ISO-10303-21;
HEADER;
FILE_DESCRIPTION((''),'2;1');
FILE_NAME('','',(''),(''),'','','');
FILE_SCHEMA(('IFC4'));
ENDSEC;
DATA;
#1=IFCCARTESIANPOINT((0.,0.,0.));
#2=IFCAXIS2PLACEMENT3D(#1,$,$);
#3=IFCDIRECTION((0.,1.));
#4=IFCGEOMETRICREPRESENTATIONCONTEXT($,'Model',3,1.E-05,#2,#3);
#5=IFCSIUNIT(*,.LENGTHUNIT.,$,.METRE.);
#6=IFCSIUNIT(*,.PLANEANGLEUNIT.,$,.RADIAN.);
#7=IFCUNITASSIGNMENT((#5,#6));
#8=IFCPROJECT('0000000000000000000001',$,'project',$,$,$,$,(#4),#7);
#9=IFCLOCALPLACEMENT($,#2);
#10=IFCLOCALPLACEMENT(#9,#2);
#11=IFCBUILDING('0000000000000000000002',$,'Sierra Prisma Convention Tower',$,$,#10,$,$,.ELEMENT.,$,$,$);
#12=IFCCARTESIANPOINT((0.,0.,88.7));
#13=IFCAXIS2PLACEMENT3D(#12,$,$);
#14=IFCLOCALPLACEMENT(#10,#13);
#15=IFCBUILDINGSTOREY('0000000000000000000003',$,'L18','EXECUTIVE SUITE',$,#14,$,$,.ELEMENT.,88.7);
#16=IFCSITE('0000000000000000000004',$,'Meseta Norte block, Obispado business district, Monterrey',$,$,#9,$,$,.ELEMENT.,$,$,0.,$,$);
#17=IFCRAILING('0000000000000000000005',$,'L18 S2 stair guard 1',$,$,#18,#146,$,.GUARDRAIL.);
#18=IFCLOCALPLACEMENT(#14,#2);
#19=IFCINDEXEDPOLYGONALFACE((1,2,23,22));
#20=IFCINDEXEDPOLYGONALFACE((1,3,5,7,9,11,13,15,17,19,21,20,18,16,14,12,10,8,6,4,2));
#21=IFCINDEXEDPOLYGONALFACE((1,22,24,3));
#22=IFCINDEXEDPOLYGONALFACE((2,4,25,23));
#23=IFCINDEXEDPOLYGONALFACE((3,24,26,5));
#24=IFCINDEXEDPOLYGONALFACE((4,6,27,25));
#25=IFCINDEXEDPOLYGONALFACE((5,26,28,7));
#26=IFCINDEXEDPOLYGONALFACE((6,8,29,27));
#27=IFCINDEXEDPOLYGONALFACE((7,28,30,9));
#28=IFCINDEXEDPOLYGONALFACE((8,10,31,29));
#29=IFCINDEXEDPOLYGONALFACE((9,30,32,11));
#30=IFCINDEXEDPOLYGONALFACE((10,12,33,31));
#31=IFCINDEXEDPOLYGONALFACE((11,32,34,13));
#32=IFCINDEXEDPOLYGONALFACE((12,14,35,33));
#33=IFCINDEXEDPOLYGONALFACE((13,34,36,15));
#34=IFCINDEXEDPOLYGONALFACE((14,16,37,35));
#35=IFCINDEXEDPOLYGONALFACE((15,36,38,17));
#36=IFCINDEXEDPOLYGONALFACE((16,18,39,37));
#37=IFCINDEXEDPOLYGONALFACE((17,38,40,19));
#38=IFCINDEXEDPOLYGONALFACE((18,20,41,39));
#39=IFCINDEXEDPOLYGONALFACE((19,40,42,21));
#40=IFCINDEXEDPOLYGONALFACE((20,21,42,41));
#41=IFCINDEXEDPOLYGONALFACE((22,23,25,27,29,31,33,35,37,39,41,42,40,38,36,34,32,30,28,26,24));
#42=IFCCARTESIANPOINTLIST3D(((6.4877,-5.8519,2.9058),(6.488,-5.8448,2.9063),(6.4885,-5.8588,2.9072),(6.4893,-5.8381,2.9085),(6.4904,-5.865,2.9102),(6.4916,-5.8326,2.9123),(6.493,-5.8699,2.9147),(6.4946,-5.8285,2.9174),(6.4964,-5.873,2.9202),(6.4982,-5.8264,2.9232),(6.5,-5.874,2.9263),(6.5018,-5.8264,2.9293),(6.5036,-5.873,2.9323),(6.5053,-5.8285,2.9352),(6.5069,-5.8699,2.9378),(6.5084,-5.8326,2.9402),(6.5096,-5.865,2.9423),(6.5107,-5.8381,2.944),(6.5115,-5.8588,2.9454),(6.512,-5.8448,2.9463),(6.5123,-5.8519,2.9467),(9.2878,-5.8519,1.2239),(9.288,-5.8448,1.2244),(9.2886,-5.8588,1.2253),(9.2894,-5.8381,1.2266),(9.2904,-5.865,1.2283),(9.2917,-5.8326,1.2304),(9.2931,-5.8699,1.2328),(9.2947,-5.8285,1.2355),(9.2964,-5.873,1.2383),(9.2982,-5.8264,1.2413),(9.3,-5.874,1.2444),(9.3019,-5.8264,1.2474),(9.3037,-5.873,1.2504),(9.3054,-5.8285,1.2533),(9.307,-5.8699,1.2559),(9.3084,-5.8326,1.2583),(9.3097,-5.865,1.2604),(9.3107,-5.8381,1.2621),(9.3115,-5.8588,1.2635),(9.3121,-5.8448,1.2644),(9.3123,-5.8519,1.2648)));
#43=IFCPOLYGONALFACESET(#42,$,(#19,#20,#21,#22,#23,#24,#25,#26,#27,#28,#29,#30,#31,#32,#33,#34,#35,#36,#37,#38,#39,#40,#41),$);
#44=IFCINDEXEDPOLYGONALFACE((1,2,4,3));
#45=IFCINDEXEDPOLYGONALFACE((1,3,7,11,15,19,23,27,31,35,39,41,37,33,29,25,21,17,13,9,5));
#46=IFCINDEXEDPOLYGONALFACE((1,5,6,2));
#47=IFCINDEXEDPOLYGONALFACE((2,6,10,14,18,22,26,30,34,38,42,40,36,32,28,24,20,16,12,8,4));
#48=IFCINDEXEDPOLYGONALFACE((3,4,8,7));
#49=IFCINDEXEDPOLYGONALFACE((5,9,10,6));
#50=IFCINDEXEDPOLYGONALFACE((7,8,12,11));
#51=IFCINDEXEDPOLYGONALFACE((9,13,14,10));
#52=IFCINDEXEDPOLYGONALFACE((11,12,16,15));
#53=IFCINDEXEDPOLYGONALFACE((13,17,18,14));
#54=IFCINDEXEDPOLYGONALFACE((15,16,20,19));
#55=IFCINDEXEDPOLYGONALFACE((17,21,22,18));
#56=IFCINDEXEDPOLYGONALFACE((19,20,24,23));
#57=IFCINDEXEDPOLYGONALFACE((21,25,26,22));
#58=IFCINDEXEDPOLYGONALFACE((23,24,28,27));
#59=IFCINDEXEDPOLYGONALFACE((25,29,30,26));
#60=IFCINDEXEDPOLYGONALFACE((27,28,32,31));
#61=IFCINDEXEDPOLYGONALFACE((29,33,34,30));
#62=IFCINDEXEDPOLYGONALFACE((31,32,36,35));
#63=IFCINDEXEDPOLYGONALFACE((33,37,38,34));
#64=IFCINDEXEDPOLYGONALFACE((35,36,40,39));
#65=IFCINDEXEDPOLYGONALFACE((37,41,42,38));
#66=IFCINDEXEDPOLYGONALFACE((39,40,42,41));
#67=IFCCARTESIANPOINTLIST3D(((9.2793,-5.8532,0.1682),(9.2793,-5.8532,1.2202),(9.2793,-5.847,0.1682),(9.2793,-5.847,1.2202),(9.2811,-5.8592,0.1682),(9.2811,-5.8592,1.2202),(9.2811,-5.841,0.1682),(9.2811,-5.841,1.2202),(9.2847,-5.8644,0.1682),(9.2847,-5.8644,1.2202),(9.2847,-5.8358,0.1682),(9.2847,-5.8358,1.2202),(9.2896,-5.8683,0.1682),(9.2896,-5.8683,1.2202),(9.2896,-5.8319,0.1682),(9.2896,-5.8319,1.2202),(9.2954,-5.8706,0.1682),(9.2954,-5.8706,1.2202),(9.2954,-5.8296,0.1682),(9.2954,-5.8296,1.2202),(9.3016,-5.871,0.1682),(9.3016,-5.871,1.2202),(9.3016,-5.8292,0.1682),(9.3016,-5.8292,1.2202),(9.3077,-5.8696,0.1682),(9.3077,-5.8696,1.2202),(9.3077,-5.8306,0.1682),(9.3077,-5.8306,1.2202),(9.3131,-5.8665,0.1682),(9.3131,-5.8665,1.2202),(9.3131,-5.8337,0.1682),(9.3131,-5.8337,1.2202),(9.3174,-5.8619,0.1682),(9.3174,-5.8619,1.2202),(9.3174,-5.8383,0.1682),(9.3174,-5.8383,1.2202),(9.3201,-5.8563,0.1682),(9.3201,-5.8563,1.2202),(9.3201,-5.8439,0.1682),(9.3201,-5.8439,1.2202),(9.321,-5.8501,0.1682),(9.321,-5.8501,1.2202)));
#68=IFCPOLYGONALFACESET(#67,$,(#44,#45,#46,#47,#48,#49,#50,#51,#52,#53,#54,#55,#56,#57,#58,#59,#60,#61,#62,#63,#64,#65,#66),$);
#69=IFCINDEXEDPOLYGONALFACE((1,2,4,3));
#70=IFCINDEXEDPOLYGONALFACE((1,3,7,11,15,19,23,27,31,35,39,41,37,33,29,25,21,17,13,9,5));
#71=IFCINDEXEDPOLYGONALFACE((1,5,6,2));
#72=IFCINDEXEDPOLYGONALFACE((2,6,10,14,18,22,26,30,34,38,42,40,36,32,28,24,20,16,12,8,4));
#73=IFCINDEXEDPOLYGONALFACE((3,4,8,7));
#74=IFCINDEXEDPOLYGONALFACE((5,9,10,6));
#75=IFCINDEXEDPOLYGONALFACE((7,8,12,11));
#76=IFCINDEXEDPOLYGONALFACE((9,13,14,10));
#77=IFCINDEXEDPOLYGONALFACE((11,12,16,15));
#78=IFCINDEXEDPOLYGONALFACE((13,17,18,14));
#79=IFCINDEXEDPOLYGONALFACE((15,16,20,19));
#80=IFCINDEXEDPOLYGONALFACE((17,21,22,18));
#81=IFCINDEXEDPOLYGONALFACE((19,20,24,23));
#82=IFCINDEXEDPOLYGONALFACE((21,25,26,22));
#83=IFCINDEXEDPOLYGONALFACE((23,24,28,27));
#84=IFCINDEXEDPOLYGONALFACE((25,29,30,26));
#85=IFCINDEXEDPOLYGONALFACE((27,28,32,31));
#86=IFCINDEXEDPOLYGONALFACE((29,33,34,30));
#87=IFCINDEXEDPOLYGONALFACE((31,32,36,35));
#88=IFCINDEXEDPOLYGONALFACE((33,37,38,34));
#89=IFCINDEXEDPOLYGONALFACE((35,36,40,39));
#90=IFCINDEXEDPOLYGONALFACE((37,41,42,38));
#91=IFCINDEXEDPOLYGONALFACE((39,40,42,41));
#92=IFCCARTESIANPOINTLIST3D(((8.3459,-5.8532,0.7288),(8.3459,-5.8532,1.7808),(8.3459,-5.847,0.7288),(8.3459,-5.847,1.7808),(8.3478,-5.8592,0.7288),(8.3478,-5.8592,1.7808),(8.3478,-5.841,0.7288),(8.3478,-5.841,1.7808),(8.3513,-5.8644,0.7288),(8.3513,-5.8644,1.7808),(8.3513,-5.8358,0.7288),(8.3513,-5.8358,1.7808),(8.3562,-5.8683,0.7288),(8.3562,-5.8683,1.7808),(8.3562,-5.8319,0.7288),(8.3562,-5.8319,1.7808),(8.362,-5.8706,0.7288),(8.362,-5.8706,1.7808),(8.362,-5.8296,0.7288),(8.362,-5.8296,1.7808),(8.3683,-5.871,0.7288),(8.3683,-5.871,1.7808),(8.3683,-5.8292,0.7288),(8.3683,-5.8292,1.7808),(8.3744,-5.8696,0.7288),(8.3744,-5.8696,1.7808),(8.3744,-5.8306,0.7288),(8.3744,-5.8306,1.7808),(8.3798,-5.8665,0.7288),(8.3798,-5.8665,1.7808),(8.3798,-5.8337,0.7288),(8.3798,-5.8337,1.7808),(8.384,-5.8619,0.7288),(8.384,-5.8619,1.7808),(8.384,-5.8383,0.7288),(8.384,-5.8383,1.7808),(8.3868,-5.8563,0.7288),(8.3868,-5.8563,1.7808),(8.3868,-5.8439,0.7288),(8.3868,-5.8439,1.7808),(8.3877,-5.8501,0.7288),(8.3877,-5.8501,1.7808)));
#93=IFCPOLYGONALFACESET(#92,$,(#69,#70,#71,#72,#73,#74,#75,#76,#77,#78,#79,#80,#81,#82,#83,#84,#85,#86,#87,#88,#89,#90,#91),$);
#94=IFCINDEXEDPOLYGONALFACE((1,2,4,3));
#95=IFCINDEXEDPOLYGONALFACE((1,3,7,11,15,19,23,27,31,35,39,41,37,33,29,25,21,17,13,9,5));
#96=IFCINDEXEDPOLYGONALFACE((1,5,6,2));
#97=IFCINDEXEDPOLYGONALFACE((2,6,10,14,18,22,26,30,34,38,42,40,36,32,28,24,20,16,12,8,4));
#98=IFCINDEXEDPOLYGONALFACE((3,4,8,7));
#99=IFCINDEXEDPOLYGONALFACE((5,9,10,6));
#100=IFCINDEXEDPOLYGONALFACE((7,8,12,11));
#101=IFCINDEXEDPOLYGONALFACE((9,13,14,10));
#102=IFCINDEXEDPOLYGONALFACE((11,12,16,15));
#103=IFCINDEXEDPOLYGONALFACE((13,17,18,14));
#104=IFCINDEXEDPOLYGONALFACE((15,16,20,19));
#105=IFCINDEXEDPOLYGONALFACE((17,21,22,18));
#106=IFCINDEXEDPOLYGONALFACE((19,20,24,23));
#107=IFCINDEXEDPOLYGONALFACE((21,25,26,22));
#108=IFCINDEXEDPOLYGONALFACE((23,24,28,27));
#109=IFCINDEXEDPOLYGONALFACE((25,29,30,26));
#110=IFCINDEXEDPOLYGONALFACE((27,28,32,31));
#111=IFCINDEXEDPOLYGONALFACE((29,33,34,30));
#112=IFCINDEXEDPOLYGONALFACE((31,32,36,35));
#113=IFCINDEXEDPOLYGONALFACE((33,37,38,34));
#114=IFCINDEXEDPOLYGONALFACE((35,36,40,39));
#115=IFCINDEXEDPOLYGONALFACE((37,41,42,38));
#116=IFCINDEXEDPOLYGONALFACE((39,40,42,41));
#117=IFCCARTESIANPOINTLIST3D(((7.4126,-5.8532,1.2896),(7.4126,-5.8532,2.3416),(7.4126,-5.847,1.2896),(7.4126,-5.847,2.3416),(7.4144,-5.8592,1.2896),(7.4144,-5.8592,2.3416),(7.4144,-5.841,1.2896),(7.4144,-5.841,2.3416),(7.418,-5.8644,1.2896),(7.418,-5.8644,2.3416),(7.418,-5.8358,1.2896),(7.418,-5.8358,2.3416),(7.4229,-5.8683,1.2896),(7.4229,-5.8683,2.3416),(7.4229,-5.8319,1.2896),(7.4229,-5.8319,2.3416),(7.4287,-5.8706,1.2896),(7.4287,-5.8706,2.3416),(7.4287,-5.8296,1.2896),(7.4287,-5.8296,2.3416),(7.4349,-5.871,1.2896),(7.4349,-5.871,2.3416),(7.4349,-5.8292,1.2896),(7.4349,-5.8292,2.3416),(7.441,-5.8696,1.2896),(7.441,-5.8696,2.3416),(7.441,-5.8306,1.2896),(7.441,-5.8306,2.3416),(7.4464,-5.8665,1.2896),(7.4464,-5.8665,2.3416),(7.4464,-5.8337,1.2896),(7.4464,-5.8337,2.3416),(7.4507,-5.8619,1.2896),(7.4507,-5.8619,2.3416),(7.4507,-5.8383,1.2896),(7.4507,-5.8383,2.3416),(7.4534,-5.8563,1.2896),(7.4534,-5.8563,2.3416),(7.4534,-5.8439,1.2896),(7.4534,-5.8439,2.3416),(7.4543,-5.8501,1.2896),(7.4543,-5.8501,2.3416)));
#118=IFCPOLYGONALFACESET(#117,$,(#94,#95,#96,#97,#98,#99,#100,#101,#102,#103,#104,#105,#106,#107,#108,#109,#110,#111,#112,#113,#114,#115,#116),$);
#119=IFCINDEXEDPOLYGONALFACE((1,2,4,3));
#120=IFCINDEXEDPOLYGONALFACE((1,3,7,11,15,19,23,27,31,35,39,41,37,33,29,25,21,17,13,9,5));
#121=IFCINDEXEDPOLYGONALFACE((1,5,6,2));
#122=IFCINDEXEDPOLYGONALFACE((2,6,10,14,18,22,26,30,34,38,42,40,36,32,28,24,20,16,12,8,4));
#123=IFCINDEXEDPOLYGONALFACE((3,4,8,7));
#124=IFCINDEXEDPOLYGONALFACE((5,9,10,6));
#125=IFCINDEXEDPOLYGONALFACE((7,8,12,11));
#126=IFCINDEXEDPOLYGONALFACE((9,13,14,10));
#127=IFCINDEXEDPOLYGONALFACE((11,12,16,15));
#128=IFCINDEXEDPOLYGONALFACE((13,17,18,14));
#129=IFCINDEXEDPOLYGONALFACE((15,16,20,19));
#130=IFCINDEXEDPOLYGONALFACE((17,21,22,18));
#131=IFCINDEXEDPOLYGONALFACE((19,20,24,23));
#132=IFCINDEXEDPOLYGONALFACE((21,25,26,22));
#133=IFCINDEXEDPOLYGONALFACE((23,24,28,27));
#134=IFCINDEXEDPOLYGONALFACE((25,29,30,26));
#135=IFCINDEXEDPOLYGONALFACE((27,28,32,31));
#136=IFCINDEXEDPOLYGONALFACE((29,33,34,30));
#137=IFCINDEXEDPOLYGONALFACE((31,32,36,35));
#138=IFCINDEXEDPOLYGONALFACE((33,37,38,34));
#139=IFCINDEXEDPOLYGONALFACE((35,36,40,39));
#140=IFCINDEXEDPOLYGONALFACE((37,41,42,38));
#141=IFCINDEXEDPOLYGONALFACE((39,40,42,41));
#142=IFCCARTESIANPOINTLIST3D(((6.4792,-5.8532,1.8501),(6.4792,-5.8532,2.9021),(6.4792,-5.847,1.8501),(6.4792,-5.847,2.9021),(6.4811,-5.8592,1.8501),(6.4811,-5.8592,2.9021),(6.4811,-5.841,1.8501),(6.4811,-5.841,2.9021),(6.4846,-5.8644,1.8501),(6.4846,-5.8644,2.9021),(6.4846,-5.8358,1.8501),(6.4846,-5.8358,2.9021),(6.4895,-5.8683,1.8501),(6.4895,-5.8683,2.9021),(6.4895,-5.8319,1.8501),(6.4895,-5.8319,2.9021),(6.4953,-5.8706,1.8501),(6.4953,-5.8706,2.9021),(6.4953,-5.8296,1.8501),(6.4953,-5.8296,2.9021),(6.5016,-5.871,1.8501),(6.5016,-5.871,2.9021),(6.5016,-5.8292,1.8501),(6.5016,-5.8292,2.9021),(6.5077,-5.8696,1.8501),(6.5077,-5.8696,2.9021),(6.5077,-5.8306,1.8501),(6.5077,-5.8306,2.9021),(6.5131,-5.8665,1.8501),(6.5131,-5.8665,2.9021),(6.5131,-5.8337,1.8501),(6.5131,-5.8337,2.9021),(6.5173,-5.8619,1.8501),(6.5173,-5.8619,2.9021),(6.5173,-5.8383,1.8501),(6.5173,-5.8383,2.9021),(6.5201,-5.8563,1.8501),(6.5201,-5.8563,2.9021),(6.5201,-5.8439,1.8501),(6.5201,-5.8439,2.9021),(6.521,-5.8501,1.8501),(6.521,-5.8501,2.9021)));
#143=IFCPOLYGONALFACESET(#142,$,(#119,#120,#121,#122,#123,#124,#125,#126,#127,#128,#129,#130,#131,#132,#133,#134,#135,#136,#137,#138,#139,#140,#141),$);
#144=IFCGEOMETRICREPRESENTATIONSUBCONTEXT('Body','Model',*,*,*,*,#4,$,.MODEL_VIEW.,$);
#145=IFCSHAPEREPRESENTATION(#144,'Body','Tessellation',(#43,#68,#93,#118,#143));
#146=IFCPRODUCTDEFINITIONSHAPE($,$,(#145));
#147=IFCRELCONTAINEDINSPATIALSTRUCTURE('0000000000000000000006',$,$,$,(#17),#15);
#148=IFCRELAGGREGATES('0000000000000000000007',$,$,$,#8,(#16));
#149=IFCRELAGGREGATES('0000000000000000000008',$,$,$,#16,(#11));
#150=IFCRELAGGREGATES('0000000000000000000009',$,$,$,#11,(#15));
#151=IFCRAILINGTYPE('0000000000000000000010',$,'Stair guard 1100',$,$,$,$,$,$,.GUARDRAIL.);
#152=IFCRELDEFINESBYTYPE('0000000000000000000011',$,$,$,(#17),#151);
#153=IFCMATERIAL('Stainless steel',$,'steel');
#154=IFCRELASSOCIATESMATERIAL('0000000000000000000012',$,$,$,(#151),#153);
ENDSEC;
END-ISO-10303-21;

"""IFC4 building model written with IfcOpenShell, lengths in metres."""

from ifc_helpers import new_model, si_unit, direction, frame, origin, origin_2d, place, context, subcontext, project, spatial, circle, extrude, material, type_object, element, save


model = new_model("IFC4")

# Units and contexts
model_context = context("Model", 3, precision=1e-05, world=origin(), true_north=direction((0.0, 1.0)))
body_context = subcontext(model_context, "Body", "Model", "MODEL_VIEW")
ifc_project = project(units=[si_unit("LENGTHUNIT", "METRE"), si_unit("PLANEANGLEUNIT", "RADIAN")], contexts=[model_context])

# Site, building, storey
site_placement = place(None, origin())
site = spatial("IfcSite", under=ifc_project, at=site_placement, Name="Meseta Norte block, Obispado business district, Monterrey", CompositionType="ELEMENT", RefElevation=0.0)
building_placement = place(site_placement, origin())
building = spatial("IfcBuilding", under=site, at=building_placement, Name="Sierra Prisma Convention Tower", CompositionType="ELEMENT")
storey_placement = place(building_placement, frame((0.0, 0.0, 88.7)))
storey = spatial("IfcBuildingStorey", under=building, at=storey_placement, Name="L18", Description="EXECUTIVE SUITE", CompositionType="ELEMENT", Elevation=88.7)

# Railing
ifc_material_1 = material(Name="Stainless steel", Category="steel")
railing_type_1 = type_object("IfcRailingType", Name="Stair guard 1100", PredefinedType="GUARDRAIL", material=ifc_material_1)
railing_1_placement = place(storey_placement, frame((9.3, -5.8501, 0.1682)))
element("IfcRailing", 1, at=railing_1_placement, inside=storey, type_object=railing_type_1, Name="L18 S2 stair guard 1", PredefinedType="GUARDRAIL", context=body_context, shape_type="SweptSolid", body=[
    extrude(circle(Radius=0.0239, at=origin_2d()), frame((0.0, 0.0, 1.0762), z_axis=(-0.857242, 0.0, 0.514913), x_axis=(0.0, -1.0, 0.0)), (0.0, 0.0, 1.0), 3.2664),
    extrude(circle(Radius=0.021, at=origin_2d()), origin(), (0.0, 0.0, 1.0), 1.052),
    extrude(circle(Radius=0.021, at=origin_2d()), frame((-0.9333, 0.0, 0.5605)), (0.0, 0.0, 1.0), 1.052),
    extrude(circle(Radius=0.021, at=origin_2d()), frame((-1.8667, 0.0, 1.1213)), (0.0, 0.0, 1.0), 1.052),
    extrude(circle(Radius=0.021, at=origin_2d()), frame((-2.8, 0.0, 1.6819)), (0.0, 0.0, 1.0), 1.052),
])

save(model, "model.ifc")
